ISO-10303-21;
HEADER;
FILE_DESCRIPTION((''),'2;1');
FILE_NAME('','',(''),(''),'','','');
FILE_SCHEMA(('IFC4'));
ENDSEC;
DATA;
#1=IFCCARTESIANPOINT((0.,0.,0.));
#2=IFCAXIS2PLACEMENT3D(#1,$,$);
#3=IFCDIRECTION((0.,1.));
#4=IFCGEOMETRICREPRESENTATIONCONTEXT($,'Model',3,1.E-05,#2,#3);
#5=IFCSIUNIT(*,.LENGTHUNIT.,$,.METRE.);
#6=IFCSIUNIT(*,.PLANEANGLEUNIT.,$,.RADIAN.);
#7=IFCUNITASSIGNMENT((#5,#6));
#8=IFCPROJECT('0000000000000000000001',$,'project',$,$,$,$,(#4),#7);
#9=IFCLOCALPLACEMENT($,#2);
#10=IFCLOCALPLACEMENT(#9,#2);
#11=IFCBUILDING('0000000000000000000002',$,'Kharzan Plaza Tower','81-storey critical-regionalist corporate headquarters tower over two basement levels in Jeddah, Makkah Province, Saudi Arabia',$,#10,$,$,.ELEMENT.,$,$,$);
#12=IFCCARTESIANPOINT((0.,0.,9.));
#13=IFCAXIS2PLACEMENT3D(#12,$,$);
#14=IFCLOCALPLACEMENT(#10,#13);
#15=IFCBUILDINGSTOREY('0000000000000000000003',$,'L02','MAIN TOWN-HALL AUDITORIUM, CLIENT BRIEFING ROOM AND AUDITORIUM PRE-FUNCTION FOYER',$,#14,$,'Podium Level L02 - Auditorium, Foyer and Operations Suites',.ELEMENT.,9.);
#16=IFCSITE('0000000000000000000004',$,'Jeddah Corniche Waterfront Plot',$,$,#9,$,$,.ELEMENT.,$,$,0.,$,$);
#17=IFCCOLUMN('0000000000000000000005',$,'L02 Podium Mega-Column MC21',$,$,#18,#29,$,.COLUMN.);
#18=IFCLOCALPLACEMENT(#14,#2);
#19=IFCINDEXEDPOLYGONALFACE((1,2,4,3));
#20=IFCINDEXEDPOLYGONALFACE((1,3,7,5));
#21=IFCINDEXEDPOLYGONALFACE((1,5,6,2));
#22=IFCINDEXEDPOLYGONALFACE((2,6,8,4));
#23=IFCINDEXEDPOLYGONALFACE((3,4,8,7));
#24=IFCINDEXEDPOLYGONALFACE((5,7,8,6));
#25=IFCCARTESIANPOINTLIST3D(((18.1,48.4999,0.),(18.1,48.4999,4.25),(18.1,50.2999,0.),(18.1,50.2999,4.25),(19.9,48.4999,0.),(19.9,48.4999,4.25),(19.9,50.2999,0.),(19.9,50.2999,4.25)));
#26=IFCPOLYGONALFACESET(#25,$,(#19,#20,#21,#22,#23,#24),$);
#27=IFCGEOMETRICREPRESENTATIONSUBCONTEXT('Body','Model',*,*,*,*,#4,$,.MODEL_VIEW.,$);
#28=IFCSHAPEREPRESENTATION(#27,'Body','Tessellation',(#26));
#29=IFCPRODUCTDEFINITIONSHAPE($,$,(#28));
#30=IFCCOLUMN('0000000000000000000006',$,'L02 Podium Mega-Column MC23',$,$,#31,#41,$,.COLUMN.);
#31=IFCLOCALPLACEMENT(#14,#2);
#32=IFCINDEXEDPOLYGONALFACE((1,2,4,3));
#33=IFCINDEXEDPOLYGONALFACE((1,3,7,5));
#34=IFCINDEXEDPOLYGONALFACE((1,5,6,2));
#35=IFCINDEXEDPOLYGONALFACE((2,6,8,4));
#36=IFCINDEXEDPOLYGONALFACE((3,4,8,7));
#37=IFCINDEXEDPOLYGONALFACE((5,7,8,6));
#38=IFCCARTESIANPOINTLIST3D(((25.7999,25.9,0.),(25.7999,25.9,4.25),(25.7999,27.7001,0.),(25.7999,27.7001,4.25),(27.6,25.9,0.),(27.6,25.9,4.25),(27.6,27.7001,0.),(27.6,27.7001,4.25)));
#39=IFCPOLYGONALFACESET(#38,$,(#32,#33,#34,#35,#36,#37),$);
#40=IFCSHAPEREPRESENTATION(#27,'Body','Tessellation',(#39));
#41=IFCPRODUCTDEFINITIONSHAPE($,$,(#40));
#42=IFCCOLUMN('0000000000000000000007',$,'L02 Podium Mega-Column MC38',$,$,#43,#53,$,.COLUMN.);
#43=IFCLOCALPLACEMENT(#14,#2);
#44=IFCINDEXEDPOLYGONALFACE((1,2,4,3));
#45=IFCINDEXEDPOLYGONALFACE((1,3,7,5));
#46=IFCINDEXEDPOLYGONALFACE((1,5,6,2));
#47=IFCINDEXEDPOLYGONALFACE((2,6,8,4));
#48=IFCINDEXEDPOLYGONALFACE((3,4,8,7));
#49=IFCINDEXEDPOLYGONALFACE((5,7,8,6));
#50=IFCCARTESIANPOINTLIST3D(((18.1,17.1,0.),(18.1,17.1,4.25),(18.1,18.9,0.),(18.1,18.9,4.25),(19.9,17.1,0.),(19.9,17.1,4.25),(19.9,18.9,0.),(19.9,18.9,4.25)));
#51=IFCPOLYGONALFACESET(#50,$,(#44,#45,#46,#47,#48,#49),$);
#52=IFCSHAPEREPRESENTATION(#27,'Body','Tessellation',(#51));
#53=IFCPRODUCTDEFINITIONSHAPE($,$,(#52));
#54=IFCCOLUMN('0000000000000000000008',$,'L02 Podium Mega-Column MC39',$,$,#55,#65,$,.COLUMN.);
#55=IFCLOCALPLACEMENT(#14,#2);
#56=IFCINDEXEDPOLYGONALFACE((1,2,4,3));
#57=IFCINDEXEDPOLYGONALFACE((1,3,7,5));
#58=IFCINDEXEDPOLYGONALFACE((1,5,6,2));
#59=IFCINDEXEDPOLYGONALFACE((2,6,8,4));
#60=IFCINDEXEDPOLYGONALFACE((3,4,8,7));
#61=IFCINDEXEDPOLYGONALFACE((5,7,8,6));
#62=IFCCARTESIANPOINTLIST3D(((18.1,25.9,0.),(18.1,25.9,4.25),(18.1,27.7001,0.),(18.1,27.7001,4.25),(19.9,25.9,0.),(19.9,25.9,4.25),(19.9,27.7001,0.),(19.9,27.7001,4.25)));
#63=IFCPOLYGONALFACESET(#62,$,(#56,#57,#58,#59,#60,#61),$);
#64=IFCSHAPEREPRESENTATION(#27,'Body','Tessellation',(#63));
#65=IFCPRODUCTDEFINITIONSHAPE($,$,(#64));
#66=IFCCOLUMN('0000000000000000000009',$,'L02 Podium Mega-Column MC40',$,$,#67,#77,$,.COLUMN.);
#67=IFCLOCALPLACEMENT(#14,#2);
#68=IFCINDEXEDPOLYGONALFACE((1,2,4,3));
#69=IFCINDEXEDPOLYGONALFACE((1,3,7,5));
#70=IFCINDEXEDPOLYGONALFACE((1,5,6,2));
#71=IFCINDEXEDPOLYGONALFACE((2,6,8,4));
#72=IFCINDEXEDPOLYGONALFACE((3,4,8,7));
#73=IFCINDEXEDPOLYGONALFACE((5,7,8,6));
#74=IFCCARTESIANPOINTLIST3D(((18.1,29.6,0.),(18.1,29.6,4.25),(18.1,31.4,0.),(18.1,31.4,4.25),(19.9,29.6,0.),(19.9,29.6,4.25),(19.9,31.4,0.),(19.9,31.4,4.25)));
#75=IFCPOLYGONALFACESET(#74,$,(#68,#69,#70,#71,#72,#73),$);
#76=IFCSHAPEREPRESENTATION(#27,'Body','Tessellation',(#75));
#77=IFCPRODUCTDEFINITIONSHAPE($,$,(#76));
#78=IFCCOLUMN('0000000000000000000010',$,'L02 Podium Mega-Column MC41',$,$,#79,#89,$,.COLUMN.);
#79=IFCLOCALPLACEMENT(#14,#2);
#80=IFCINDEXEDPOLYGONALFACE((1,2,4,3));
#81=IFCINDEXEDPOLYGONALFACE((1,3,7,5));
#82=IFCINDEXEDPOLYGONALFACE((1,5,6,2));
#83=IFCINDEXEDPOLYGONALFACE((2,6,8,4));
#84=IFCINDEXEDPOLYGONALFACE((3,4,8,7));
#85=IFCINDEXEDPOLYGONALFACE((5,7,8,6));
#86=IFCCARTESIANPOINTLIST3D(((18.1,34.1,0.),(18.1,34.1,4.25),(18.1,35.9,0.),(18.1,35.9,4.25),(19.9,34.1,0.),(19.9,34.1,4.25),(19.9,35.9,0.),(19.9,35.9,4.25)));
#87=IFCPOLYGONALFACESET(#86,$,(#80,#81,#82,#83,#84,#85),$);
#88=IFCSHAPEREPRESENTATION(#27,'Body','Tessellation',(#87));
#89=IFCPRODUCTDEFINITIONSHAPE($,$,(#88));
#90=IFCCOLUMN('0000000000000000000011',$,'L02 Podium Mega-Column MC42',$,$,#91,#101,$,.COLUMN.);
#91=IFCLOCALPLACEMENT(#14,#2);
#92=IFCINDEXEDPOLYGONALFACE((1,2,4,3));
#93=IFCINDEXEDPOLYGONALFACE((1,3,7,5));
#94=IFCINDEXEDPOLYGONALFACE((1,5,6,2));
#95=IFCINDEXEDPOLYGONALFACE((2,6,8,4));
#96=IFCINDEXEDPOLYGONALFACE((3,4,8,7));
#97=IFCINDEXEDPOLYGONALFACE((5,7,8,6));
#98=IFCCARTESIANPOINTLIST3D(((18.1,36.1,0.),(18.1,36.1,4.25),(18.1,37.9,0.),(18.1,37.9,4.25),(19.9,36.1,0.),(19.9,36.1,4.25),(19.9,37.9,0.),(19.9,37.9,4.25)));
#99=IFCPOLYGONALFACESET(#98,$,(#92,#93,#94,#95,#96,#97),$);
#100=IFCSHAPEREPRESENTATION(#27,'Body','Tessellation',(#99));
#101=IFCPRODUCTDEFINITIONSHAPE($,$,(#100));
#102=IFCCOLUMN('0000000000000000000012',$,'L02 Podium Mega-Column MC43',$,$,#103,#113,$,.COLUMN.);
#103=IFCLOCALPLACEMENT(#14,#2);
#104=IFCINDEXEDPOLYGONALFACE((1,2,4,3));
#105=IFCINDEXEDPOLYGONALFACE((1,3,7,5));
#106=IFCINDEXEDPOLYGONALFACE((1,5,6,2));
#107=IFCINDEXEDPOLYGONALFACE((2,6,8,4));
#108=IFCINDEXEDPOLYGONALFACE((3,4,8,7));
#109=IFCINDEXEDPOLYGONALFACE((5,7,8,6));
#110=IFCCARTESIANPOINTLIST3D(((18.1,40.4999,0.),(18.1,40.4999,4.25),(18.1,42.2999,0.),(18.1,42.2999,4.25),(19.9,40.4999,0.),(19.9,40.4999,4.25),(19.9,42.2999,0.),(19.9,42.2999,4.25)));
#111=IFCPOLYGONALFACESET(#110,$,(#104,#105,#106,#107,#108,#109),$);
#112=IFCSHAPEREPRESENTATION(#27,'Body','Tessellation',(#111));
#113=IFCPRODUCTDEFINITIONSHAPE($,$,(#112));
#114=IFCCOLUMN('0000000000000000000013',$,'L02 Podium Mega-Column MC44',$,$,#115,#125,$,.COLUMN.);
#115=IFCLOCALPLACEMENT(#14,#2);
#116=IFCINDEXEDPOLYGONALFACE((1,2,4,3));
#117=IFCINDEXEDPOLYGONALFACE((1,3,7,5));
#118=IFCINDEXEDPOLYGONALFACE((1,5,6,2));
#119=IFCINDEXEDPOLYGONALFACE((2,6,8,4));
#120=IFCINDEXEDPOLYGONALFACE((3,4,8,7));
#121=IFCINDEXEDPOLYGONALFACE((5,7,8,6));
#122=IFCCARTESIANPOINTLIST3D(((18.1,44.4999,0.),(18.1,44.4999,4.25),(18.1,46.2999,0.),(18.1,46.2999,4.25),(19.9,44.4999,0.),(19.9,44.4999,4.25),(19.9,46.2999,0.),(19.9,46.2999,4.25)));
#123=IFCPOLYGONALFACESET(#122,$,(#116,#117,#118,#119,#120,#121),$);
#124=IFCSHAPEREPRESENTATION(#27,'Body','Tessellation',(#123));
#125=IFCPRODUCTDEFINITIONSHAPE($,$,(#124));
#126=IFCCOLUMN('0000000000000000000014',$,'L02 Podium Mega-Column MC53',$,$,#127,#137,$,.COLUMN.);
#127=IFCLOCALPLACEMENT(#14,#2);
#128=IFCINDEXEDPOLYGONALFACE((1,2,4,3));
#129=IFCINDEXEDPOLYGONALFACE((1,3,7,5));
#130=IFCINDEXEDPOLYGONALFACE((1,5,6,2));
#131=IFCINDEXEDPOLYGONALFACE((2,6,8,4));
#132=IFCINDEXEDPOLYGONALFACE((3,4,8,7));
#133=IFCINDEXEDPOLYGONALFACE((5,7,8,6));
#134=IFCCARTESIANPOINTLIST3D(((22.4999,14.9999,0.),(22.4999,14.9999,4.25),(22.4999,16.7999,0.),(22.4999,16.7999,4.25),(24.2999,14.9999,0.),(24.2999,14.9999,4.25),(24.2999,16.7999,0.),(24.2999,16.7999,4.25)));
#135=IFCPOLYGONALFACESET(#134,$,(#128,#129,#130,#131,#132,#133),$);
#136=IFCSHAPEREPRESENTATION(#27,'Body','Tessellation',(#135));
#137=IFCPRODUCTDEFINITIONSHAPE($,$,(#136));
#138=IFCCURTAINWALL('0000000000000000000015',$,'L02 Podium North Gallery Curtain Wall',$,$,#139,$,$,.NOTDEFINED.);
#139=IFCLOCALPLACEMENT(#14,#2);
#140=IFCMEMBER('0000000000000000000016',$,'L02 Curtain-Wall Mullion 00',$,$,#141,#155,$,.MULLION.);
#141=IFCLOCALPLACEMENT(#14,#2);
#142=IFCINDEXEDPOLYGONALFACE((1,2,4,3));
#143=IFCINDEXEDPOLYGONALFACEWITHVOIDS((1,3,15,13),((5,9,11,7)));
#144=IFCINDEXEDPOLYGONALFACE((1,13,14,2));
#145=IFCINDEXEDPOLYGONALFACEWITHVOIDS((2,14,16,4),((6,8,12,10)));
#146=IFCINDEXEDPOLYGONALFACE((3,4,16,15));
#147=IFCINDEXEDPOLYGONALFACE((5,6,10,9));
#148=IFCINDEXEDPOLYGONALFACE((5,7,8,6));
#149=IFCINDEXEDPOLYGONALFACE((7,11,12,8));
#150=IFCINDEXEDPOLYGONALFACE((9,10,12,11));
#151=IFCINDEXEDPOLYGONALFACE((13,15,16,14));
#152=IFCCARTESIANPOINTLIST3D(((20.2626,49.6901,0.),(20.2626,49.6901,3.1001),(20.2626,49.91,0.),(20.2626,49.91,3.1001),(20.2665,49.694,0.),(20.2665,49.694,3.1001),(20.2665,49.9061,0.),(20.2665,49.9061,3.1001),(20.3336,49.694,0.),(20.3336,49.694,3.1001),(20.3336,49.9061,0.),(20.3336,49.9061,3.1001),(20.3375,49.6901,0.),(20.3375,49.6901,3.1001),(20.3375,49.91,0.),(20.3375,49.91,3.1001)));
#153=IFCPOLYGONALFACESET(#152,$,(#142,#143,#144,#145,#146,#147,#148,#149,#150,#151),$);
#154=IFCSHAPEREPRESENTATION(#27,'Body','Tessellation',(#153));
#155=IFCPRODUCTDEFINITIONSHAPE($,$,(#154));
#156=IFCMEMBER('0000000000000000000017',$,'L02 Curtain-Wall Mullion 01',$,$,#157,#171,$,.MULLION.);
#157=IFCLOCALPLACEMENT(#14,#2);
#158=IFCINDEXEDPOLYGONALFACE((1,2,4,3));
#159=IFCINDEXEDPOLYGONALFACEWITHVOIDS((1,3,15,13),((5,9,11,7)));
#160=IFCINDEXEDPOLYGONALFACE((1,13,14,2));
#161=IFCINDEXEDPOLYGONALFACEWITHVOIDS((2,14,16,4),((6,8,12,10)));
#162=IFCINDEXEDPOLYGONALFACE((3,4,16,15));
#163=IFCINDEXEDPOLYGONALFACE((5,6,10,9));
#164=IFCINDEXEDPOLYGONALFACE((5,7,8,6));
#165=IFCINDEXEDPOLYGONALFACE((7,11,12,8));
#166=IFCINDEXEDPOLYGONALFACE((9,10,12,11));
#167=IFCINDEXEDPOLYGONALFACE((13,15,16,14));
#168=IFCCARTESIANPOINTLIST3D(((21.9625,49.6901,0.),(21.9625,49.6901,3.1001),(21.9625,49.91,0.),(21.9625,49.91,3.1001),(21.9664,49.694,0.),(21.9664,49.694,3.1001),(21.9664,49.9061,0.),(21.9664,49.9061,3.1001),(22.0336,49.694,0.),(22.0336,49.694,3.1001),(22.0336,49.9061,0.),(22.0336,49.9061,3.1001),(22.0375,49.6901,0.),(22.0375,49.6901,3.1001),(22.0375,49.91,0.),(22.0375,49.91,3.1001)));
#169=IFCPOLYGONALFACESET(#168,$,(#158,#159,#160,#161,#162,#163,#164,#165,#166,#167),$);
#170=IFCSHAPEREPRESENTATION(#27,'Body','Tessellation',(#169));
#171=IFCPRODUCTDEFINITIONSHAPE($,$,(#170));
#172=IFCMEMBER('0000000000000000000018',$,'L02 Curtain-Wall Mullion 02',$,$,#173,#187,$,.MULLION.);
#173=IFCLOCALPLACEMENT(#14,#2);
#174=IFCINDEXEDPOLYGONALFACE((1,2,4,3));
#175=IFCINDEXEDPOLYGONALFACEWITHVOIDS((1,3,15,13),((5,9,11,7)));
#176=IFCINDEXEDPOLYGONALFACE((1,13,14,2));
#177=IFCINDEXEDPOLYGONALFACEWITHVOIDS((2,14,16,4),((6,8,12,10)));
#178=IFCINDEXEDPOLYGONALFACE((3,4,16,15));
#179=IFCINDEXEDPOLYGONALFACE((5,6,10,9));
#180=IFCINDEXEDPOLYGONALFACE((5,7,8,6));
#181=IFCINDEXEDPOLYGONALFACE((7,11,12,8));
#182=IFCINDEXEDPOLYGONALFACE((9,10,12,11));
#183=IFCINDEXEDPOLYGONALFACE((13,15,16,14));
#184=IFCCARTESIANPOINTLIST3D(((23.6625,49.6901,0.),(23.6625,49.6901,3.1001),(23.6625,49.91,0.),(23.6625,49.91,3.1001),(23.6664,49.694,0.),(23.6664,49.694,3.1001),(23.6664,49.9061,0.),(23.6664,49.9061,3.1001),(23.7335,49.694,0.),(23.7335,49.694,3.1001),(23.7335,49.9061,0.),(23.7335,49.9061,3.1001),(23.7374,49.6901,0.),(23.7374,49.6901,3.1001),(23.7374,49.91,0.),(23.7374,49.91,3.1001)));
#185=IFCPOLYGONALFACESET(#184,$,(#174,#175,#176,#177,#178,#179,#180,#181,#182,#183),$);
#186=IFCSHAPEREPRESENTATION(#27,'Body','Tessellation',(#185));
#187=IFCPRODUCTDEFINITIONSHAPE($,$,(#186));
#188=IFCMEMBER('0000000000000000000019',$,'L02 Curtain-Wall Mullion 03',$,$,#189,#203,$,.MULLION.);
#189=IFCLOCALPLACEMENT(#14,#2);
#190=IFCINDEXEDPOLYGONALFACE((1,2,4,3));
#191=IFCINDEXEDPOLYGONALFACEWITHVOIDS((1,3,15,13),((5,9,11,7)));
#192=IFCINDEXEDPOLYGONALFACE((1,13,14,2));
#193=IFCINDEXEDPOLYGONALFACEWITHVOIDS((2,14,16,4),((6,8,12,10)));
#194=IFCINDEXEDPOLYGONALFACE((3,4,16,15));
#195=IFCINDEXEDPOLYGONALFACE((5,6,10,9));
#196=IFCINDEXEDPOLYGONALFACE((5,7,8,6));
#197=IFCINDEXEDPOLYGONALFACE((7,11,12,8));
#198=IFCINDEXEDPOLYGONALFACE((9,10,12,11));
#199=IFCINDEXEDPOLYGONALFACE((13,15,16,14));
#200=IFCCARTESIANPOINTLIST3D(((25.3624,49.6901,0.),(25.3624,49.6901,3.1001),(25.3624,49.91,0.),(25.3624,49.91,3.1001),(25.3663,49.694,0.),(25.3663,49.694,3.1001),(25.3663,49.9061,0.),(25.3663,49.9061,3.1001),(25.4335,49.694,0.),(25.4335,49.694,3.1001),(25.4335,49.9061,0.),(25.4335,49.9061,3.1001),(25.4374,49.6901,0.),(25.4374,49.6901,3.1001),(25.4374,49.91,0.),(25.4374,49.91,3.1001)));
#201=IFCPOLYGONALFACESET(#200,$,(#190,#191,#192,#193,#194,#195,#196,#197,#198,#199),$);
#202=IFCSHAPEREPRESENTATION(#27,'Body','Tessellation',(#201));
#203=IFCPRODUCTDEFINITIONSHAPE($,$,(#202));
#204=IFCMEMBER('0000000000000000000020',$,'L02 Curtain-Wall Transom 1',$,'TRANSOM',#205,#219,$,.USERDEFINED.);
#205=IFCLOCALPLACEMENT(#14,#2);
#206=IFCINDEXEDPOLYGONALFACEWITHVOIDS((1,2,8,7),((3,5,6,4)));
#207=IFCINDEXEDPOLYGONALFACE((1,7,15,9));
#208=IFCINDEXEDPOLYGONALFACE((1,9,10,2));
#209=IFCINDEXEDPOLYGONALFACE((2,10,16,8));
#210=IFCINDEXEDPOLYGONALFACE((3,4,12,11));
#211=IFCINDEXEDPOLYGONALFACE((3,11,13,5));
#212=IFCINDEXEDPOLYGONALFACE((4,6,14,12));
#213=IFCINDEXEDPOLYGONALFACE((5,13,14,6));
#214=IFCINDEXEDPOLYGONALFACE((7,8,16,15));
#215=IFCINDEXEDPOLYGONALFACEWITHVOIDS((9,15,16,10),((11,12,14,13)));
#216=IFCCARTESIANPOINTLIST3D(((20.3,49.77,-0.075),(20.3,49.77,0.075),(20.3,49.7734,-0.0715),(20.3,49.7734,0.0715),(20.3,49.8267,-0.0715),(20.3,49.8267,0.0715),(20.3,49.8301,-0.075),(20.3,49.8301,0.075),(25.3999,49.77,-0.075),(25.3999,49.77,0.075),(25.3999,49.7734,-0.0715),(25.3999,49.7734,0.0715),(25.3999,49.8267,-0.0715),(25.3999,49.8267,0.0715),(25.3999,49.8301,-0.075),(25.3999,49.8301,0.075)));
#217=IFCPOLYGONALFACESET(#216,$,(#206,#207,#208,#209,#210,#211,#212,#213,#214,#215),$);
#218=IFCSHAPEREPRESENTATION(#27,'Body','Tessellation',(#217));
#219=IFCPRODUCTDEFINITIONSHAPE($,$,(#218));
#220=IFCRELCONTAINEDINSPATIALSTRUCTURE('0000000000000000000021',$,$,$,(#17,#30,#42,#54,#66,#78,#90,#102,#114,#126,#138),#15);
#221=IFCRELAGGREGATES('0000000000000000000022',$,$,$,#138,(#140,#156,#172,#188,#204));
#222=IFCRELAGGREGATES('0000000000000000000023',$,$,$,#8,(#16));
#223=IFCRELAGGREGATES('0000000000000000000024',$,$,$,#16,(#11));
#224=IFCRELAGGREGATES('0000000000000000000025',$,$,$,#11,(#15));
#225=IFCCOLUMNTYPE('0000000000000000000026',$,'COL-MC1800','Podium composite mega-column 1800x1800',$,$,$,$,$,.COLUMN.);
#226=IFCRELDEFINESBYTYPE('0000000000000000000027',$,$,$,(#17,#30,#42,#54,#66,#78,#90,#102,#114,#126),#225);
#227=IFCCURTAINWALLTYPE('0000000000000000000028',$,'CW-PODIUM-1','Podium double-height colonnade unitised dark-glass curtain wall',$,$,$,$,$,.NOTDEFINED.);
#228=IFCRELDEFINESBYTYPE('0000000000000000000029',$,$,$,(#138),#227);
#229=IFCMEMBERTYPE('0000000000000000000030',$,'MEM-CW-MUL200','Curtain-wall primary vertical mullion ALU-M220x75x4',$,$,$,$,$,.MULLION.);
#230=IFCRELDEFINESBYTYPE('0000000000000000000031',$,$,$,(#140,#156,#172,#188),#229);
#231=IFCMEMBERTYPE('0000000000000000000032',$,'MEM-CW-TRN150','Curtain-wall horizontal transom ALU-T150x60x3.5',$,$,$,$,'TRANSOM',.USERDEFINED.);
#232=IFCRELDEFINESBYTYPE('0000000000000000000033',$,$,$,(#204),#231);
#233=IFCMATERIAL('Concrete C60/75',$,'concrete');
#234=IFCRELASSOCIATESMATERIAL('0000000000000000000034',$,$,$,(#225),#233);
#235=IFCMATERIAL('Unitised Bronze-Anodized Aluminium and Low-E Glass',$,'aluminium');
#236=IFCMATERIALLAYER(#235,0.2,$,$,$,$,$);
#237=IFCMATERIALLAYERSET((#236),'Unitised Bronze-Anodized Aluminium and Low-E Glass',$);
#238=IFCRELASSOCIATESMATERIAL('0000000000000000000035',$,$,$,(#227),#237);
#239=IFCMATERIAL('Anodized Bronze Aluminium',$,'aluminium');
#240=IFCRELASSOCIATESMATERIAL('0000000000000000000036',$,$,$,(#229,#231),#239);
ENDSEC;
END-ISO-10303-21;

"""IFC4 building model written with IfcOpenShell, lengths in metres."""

from ifc_helpers import new_model, si_unit, direction, frame, origin, origin_2d, place, context, subcontext, project, spatial, rectangle, hollow_rectangle, extrude, source, transform, mapped, material, layer, layer_set, material_profile, profile_set, type_object, element, aggregate, save


model = new_model("IFC4")

# Units and contexts
model_context = context("Model", 3, precision=1e-05, world=origin(), true_north=direction((0.0, 1.0)))
body_context = subcontext(model_context, "Body", "Model", "MODEL_VIEW")
ifc_project = project(units=[si_unit("LENGTHUNIT", "METRE"), si_unit("PLANEANGLEUNIT", "RADIAN")], contexts=[model_context])

# Site, building, storey
site_placement = place(None, origin())
site = spatial("IfcSite", under=ifc_project, at=site_placement, Name="Jeddah Corniche Waterfront Plot", CompositionType="ELEMENT", RefElevation=0.0)
building_placement = place(site_placement, origin())
building = spatial("IfcBuilding", under=site, at=building_placement, Name="Kharzan Plaza Tower", Description="81-storey critical-regionalist corporate headquarters tower over two basement levels in Jeddah, Makkah Province, Saudi Arabia", CompositionType="ELEMENT")
storey_placement = place(building_placement, frame((0.0, 0.0, 9.0)))
storey = spatial("IfcBuildingStorey", under=building, at=storey_placement, Name="L02", Description="MAIN TOWN-HALL AUDITORIUM, CLIENT BRIEFING ROOM AND AUDITORIUM PRE-FUNCTION FOYER", LongName="Podium Level L02 - Auditorium, Foyer and Operations Suites", CompositionType="ELEMENT", Elevation=9.0)

# Columns
ifc_material_1 = material(Name="Concrete C60/75", Category="concrete")
ifc_material_profile_1 = material_profile(ifc_material_1, rectangle(XDim=1.8, YDim=1.8, at=origin_2d()), Name="RC-MC1800x1800")
ifc_profile_set_1 = profile_set([ifc_material_profile_1], Name="Concrete C60/75")
column_type = type_object("IfcColumnType", Name="COL-MC1800", Description="Podium composite mega-column 1800x1800", PredefinedType="COLUMN", material=ifc_profile_set_1)
shared_shape_1 = source(origin(), body_context, "Body", "SweptSolid", [
    extrude(rectangle(XDim=1.8, YDim=1.8, at=origin_2d()), origin(), (0.0, 0.0, 1.0), 4.25),
])
for number, where, z_axis, x_axis, name in (
    (1, (19.0, 49.3999, 0.0), (0.0, 0.0, 1.0), (1.0, 0.0, 0.0), "L02 Podium Mega-Column MC21"),
    (2, (26.7, 26.8, 0.0), (0.0, 0.0, 1.0), (1.0, 0.0, 0.0), "L02 Podium Mega-Column MC23"),
    (3, (19.0, 18.0, 0.0), (0.0, 0.0, 1.0), (1.0, 0.0, 0.0), "L02 Podium Mega-Column MC38"),
    (4, (19.0, 26.8, 0.0), (0.0, 0.0, 1.0), (1.0, 0.0, 0.0), "L02 Podium Mega-Column MC39"),
    (5, (19.0, 30.5, 0.0), (0.0, 0.0, 1.0), (1.0, 0.0, 0.0), "L02 Podium Mega-Column MC40"),
    (6, (19.0, 35.0, 0.0), (0.0, 0.0, 1.0), (1.0, 0.0, 0.0), "L02 Podium Mega-Column MC41"),
    (7, (19.0, 37.0, 0.0), (0.0, 0.0, 1.0), (1.0, 0.0, 0.0), "L02 Podium Mega-Column MC42"),
    (8, (19.0, 41.3999, 0.0), (0.0, 0.0, 1.0), (1.0, 0.0, 0.0), "L02 Podium Mega-Column MC43"),
    (9, (19.0, 45.3999, 0.0), (0.0, 0.0, 1.0), (1.0, 0.0, 0.0), "L02 Podium Mega-Column MC44"),
    (10, (23.3999, 15.8999, 0.0), (0.0, 0.0, 1.0), (1.0, 0.0, 0.0), "L02 Podium Mega-Column MC53"),
):
    element("IfcColumn", number, at=place(storey_placement, frame(where, z_axis=z_axis, x_axis=x_axis)), inside=storey, type_object=column_type, Name=name, PredefinedType="COLUMN", context=body_context, shape_type="MappedRepresentation", body=[
        mapped(shared_shape_1, transform((0.0, 0.0, 0.0), x_axis=(1.0, 0.0, 0.0), y_axis=(0.0, 1.0, 0.0), z_axis=(0.0, 0.0, 1.0))),
    ])

# Curtain wall, members
ifc_material_2 = material(Name="Unitised Bronze-Anodized Aluminium and Low-E Glass", Category="aluminium")
ifc_layer_1 = layer(ifc_material_2, 0.2)
ifc_layer_set_1 = layer_set([ifc_layer_1], Name="Unitised Bronze-Anodized Aluminium and Low-E Glass")
curtain_wall_type = type_object("IfcCurtainWallType", Name="CW-PODIUM-1", Description="Podium double-height colonnade unitised dark-glass curtain wall", PredefinedType="NOTDEFINED", material=ifc_layer_set_1)
curtain_wall_placement = place(storey_placement, origin())
curtain_wall = element("IfcCurtainWall", 11, at=curtain_wall_placement, inside=storey, type_object=curtain_wall_type, Name="L02 Podium North Gallery Curtain Wall", PredefinedType="NOTDEFINED")
ifc_material_3 = material(Name="Anodized Bronze Aluminium", Category="aluminium")
ifc_material_profile_2 = material_profile(ifc_material_3, hollow_rectangle(XDim=0.075, YDim=0.22, WallThickness=0.0039, at=origin_2d()), Name="ALU-M220x75x4")
ifc_profile_set_2 = profile_set([ifc_material_profile_2], Name="Anodized Bronze Aluminium")
member_type_1 = type_object("IfcMemberType", Name="MEM-CW-MUL200", Description="Curtain-wall primary vertical mullion ALU-M220x75x4", PredefinedType="MULLION", material=ifc_profile_set_2)
shared_shape_2 = source(origin(), body_context, "Body", "SweptSolid", [
    extrude(hollow_rectangle(XDim=0.075, YDim=0.22, WallThickness=0.0039, at=origin_2d()), origin(), (0.0, 0.0, 1.0), 3.1001),
])
member_1_placement = place(storey_placement, frame((20.3, 49.8, 0.0), z_axis=(0.0, 0.0, 1.0), x_axis=(1.0, 0.0, 0.0)))
member_1 = element("IfcMember", 12, at=member_1_placement, type_object=member_type_1, Name="L02 Curtain-Wall Mullion 00", PredefinedType="MULLION", context=body_context, shape_type="MappedRepresentation", body=[
    mapped(shared_shape_2, transform((0.0, 0.0, 0.0), x_axis=(1.0, 0.0, 0.0), y_axis=(0.0, 1.0, 0.0), z_axis=(0.0, 0.0, 1.0))),
])
member_2_placement = place(storey_placement, frame((22.0, 49.8, 0.0), z_axis=(0.0, 0.0, 1.0), x_axis=(1.0, 0.0, 0.0)))
member_2 = element("IfcMember", 13, at=member_2_placement, type_object=member_type_1, Name="L02 Curtain-Wall Mullion 01", PredefinedType="MULLION", context=body_context, shape_type="MappedRepresentation", body=[
    mapped(shared_shape_2, transform((0.0, 0.0, 0.0), x_axis=(1.0, 0.0, 0.0), y_axis=(0.0, 1.0, 0.0), z_axis=(0.0, 0.0, 1.0))),
])
member_3_placement = place(storey_placement, frame((23.7, 49.8, 0.0), z_axis=(0.0, 0.0, 1.0), x_axis=(1.0, 0.0, 0.0)))
member_3 = element("IfcMember", 14, at=member_3_placement, type_object=member_type_1, Name="L02 Curtain-Wall Mullion 02", PredefinedType="MULLION", context=body_context, shape_type="MappedRepresentation", body=[
    mapped(shared_shape_2, transform((0.0, 0.0, 0.0), x_axis=(1.0, 0.0, 0.0), y_axis=(0.0, 1.0, 0.0), z_axis=(0.0, 0.0, 1.0))),
])
member_4_placement = place(storey_placement, frame((25.3999, 49.8, 0.0), z_axis=(0.0, 0.0, 1.0), x_axis=(1.0, 0.0, 0.0)))
member_4 = element("IfcMember", 15, at=member_4_placement, type_object=member_type_1, Name="L02 Curtain-Wall Mullion 03", PredefinedType="MULLION", context=body_context, shape_type="MappedRepresentation", body=[
    mapped(shared_shape_2, transform((0.0, 0.0, 0.0), x_axis=(1.0, 0.0, 0.0), y_axis=(0.0, 1.0, 0.0), z_axis=(0.0, 0.0, 1.0))),
])
ifc_material_profile_3 = material_profile(ifc_material_3, hollow_rectangle(XDim=0.0601, YDim=0.1499, WallThickness=0.0034, at=origin_2d()), Name="ALU-T150x60x3.5")
ifc_profile_set_3 = profile_set([ifc_material_profile_3], Name="Anodized Bronze Aluminium")
member_type_2 = type_object("IfcMemberType", Name="MEM-CW-TRN150", Description="Curtain-wall horizontal transom ALU-T150x60x3.5", ElementType="TRANSOM", PredefinedType="USERDEFINED", material=ifc_profile_set_3)
shared_shape_3 = source(origin(), body_context, "Body", "SweptSolid", [
    extrude(hollow_rectangle(XDim=0.0601, YDim=0.1499, WallThickness=0.0034, at=origin_2d()), origin(), (0.0, 0.0, 1.0), 5.0999),
])
member_5_placement = place(storey_placement, frame((20.3, 49.8, 0.0), z_axis=(1.0, 0.0, 0.0), x_axis=(0.0, 1.0, 0.0)))
member_5 = element("IfcMember", 16, at=member_5_placement, type_object=member_type_2, Name="L02 Curtain-Wall Transom 1", ObjectType="TRANSOM", PredefinedType="USERDEFINED", context=body_context, shape_type="MappedRepresentation", body=[
    mapped(shared_shape_3, transform((0.0, 0.0, 0.0), x_axis=(1.0, 0.0, 0.0), y_axis=(0.0, 1.0, 0.0), z_axis=(0.0, 0.0, 1.0))),
])

aggregate(curtain_wall, [member_1, member_2, member_3, member_4, member_5])

save(model, "model.ifc")
